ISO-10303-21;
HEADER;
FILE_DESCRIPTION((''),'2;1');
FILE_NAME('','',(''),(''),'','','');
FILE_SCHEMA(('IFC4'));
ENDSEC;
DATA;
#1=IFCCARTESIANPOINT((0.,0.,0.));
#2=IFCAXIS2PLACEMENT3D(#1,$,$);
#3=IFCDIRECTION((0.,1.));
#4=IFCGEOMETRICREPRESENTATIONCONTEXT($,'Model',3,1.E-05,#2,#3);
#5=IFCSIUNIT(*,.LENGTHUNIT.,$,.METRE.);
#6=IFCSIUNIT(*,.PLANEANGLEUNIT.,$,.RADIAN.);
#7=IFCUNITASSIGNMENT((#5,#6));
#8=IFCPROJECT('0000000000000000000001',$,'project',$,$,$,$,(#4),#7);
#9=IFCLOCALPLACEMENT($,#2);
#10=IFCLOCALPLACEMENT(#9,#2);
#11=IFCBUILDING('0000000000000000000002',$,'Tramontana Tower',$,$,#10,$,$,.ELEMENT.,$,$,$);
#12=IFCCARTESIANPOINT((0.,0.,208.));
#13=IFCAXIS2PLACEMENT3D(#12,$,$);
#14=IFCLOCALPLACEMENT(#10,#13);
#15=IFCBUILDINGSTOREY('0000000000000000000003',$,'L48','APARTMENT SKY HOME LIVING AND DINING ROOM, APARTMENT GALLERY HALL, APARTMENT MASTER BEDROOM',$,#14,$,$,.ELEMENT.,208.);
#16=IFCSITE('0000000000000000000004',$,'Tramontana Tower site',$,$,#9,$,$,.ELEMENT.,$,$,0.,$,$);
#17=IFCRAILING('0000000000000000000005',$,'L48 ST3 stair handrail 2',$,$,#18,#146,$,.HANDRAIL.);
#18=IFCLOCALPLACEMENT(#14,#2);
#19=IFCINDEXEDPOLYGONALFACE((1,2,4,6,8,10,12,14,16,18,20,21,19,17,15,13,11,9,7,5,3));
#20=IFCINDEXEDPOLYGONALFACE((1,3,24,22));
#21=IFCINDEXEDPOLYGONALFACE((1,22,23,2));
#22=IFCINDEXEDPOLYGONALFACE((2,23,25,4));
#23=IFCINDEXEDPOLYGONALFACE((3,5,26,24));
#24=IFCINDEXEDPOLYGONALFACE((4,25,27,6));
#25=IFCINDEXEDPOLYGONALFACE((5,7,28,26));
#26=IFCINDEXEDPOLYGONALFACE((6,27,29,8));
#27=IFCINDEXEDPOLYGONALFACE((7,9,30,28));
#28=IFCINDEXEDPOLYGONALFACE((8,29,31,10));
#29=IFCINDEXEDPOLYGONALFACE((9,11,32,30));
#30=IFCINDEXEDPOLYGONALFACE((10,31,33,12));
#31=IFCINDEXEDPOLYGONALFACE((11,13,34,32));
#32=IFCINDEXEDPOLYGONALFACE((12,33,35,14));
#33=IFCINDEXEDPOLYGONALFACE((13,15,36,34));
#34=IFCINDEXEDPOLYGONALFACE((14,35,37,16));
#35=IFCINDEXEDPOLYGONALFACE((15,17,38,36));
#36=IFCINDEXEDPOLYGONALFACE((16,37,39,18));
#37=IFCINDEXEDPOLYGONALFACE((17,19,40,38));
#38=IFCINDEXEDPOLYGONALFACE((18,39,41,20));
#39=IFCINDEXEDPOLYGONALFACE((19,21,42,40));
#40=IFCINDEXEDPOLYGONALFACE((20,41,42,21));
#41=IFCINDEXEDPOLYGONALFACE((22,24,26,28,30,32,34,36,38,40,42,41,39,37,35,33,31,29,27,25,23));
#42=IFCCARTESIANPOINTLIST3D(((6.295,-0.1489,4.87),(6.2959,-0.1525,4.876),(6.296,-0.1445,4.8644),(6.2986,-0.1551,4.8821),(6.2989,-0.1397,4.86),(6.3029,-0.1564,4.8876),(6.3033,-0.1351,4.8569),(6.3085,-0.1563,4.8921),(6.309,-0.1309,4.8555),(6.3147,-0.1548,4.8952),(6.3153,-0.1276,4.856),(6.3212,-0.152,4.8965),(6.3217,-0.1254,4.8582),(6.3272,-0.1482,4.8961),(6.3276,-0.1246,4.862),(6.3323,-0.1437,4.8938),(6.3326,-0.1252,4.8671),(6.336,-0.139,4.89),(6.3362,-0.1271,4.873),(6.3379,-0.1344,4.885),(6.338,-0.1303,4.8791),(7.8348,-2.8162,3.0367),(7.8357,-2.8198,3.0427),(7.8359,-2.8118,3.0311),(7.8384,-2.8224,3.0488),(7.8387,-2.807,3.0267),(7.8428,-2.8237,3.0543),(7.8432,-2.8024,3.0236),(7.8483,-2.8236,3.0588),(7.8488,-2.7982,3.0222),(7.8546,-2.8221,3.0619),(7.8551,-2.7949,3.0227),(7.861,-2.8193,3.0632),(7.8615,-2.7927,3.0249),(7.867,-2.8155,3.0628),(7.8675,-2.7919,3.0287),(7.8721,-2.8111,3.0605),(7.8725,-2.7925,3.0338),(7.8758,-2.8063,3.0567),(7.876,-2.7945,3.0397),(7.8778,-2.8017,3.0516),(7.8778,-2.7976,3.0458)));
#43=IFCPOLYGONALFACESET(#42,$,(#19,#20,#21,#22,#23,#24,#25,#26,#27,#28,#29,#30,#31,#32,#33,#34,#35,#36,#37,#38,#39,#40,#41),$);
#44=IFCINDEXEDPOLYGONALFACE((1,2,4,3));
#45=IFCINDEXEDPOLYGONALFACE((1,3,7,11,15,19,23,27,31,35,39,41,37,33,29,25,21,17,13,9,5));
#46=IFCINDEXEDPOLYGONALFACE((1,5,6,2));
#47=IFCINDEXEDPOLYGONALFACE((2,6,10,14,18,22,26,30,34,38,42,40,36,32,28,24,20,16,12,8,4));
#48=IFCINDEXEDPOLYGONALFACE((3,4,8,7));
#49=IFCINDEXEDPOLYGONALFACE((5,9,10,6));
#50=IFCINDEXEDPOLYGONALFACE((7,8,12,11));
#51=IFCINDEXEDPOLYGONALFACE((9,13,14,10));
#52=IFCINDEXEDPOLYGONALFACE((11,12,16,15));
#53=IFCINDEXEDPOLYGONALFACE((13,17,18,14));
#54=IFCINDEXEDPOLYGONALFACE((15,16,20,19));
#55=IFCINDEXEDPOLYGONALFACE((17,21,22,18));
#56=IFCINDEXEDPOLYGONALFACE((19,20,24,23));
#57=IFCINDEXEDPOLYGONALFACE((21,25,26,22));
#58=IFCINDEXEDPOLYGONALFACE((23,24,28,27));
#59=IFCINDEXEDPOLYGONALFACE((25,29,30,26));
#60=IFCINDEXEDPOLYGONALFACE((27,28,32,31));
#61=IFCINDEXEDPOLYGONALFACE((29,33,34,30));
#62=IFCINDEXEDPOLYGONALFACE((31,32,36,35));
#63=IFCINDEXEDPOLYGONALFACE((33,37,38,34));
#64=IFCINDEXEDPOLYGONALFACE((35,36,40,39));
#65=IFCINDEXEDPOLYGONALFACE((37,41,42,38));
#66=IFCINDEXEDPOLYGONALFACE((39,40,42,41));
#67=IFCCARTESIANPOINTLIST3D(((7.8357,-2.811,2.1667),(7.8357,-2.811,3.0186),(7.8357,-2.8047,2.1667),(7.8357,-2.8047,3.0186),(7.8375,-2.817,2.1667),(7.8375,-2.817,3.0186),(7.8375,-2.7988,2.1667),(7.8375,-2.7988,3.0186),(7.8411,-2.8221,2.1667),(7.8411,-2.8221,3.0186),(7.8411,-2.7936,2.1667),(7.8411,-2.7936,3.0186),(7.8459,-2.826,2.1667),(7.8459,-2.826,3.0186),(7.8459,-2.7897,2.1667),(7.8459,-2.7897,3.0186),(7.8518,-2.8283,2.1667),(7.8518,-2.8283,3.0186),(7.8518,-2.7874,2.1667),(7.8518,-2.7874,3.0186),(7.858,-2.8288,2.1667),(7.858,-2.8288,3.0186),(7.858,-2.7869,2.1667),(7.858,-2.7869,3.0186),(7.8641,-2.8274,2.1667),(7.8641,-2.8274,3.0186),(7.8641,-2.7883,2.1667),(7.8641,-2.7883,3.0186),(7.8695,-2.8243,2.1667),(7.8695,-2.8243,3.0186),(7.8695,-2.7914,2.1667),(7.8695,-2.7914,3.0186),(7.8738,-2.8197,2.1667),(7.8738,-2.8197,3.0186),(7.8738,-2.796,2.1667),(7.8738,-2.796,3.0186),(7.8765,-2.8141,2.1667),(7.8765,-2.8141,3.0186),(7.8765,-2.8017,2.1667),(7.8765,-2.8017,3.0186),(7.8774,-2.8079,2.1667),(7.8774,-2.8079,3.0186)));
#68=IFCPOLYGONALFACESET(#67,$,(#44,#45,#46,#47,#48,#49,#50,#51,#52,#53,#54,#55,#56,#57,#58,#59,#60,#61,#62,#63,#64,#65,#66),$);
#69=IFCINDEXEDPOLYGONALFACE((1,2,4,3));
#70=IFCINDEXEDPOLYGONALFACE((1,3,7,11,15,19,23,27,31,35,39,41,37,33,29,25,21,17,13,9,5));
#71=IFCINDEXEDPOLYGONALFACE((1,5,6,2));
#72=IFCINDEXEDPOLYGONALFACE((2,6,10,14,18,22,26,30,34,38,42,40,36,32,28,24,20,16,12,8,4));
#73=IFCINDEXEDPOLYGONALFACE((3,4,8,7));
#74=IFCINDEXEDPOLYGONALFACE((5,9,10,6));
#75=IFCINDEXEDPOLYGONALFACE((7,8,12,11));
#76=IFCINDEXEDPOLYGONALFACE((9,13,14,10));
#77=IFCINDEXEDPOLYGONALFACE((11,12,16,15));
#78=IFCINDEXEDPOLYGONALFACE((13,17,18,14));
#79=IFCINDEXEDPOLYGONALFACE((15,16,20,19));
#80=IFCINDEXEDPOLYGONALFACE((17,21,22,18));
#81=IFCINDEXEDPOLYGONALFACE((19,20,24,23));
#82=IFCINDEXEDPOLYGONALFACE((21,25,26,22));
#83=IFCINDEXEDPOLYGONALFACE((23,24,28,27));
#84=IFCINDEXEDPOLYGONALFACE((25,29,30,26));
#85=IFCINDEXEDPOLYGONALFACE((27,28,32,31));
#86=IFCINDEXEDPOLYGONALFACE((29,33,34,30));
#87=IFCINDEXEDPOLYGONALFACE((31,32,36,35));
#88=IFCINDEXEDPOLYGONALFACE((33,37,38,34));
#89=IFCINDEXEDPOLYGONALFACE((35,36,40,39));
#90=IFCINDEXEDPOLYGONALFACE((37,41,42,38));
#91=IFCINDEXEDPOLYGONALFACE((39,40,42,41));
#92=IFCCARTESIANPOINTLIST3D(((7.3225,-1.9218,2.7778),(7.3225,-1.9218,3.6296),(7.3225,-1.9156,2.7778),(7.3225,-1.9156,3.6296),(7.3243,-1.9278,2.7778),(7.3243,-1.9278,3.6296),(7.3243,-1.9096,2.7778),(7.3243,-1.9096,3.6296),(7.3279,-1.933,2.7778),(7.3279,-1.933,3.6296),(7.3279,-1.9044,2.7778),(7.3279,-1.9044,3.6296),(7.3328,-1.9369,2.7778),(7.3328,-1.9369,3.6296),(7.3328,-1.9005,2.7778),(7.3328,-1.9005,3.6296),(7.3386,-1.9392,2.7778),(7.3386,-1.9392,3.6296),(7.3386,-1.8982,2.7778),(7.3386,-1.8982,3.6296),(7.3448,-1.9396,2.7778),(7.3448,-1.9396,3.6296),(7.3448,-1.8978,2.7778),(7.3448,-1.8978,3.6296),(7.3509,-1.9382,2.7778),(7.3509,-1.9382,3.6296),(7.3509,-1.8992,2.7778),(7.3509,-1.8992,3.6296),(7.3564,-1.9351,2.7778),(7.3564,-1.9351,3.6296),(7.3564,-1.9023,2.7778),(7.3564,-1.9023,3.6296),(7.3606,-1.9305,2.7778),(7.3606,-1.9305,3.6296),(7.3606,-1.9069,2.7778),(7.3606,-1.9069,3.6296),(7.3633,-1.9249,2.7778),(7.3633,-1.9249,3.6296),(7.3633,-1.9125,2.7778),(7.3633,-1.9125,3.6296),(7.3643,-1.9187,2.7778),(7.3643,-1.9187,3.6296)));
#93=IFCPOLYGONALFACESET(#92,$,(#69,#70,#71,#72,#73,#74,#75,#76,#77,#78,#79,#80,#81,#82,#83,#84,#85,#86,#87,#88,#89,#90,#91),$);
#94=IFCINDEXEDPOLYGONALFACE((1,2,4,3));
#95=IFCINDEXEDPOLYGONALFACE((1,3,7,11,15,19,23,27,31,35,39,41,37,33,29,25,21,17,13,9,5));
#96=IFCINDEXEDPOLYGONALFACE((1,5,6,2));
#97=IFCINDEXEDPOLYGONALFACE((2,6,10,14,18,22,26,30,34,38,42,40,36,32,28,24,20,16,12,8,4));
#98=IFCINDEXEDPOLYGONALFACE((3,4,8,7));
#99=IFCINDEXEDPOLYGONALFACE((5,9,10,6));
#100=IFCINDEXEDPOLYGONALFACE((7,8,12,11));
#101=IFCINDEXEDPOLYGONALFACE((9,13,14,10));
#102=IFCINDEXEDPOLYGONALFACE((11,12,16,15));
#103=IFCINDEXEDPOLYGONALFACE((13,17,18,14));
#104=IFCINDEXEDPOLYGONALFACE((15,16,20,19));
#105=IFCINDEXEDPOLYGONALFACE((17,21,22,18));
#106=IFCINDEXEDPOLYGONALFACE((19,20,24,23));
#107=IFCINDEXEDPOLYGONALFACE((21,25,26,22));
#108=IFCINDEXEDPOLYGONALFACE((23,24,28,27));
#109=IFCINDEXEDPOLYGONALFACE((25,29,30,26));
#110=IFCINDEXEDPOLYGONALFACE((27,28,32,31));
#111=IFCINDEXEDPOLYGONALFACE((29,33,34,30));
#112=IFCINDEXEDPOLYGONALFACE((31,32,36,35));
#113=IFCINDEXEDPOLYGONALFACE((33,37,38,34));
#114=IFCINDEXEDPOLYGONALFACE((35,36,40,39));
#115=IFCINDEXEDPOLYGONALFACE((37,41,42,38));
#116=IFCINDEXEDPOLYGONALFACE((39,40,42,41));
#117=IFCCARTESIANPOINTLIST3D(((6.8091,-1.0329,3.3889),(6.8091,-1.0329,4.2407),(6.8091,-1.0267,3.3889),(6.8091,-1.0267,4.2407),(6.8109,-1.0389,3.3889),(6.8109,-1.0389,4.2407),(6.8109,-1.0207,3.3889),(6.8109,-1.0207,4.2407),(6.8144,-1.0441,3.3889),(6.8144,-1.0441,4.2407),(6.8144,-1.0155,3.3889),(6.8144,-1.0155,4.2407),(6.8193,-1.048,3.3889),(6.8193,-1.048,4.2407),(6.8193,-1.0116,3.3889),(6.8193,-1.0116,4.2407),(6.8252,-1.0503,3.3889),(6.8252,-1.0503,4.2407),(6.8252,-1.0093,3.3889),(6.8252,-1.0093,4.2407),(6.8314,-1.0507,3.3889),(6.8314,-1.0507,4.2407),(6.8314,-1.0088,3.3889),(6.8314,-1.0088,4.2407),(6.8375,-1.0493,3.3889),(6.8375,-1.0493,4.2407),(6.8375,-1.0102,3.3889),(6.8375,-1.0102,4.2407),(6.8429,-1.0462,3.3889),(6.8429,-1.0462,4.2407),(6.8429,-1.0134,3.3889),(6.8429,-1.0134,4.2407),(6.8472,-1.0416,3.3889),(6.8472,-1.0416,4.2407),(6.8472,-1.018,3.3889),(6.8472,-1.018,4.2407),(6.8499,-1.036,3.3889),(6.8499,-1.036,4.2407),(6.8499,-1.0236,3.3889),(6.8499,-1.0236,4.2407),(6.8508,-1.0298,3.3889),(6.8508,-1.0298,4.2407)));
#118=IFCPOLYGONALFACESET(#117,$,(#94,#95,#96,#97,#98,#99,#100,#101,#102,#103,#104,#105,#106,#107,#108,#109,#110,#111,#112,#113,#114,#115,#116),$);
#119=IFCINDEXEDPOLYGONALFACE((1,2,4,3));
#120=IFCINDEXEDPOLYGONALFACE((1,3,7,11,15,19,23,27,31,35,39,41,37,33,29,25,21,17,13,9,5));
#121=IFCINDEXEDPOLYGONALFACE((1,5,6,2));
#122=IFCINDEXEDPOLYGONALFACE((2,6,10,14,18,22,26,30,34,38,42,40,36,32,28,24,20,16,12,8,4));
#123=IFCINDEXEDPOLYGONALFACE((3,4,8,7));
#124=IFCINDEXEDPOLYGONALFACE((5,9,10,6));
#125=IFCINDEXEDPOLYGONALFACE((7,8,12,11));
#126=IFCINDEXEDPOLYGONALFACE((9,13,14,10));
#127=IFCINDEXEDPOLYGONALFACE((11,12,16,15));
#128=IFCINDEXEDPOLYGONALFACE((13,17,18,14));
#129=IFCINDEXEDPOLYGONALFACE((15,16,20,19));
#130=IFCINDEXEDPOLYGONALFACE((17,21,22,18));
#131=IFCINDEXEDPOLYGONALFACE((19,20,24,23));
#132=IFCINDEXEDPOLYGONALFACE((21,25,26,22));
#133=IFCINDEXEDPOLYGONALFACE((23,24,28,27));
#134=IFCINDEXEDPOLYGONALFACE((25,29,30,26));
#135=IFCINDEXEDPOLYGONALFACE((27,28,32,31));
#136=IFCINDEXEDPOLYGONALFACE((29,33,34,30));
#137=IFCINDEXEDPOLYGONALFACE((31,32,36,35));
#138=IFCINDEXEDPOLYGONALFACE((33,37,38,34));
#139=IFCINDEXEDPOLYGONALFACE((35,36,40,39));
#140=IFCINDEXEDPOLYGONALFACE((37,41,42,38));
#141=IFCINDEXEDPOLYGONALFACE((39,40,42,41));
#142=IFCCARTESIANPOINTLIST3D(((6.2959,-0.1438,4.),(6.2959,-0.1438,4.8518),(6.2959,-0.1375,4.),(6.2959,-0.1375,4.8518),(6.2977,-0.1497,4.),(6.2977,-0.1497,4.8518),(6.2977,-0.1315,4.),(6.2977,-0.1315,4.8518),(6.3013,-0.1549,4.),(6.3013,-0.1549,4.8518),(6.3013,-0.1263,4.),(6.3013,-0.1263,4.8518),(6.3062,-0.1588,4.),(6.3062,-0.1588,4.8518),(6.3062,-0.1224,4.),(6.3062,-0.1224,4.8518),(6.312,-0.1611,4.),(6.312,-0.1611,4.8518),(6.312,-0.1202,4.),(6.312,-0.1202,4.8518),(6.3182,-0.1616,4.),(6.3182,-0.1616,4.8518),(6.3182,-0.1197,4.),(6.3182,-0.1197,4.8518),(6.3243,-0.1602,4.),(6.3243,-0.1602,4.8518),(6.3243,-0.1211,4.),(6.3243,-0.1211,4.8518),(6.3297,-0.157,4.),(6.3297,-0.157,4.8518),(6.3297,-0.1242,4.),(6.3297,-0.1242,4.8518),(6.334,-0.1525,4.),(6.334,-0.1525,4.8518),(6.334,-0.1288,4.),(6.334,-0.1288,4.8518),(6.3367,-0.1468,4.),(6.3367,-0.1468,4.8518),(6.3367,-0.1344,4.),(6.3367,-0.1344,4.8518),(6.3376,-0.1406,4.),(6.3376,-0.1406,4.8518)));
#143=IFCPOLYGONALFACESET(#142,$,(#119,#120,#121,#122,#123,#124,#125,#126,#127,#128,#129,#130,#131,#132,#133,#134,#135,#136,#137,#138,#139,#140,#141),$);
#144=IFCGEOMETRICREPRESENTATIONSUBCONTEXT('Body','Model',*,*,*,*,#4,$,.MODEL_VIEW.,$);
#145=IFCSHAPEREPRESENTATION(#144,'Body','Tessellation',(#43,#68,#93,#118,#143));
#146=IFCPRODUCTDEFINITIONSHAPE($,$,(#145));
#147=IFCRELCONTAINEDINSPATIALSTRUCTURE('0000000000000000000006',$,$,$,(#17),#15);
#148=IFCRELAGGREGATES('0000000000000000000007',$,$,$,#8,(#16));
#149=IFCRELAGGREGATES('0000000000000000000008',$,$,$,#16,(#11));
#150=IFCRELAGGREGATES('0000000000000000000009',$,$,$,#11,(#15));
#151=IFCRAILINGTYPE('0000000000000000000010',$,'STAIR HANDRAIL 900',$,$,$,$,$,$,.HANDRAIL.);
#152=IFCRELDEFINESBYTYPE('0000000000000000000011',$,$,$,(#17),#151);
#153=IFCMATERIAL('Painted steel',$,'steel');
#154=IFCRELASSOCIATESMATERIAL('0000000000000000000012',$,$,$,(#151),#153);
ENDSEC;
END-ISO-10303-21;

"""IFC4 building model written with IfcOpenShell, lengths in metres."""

from ifc_helpers import new_model, si_unit, direction, frame, origin, origin_2d, place, context, subcontext, project, spatial, circle, extrude, material, type_object, element, save


model = new_model("IFC4")

# Units and contexts
model_context = context("Model", 3, precision=1e-05, world=origin(), true_north=direction((0.0, 1.0)))
body_context = subcontext(model_context, "Body", "Model", "MODEL_VIEW")
ifc_project = project(units=[si_unit("LENGTHUNIT", "METRE"), si_unit("PLANEANGLEUNIT", "RADIAN")], contexts=[model_context])

# Site, building, storey
site_placement = place(None, origin())
site = spatial("IfcSite", under=ifc_project, at=site_placement, Name="Tramontana Tower site", CompositionType="ELEMENT", RefElevation=0.0)
building_placement = place(site_placement, origin())
building = spatial("IfcBuilding", under=site, at=building_placement, Name="Tramontana Tower", CompositionType="ELEMENT")
storey_placement = place(building_placement, frame((0.0, 0.0, 208.0)))
storey = spatial("IfcBuildingStorey", under=building, at=storey_placement, Name="L48", Description="APARTMENT SKY HOME LIVING AND DINING ROOM, APARTMENT GALLERY HALL, APARTMENT MASTER BEDROOM", CompositionType="ELEMENT", Elevation=208.0)

# Railing
ifc_material_1 = material(Name="Painted steel", Category="steel")
railing_type = type_object("IfcRailingType", Name="STAIR HANDRAIL 900", PredefinedType="HANDRAIL", material=ifc_material_1)
railing_placement = place(storey_placement, frame((7.8564, -2.8079, 2.1667)))
element("IfcRailing", 1, at=railing_placement, inside=storey, type_object=railing_type, Name="L48 ST3 stair handrail 2", PredefinedType="HANDRAIL", context=body_context, shape_type="SweptSolid", body=[
    extrude(circle(Radius=0.0239, at=origin_2d()), frame((0.0, 0.0, 0.876), z_axis=(-0.429616, 0.744181, 0.511493), x_axis=(-0.866044, -0.499967, 0.0)), (0.0, 0.0, 1.0), 3.5842),
    extrude(circle(Radius=0.021, at=origin_2d()), origin(), (0.0, 0.0, 1.0), 0.8518),
    extrude(circle(Radius=0.021, at=origin_2d()), frame((-0.5132, 0.8892, 0.6111)), (0.0, 0.0, 1.0), 0.8518),
    extrude(circle(Radius=0.021, at=origin_2d()), frame((-1.0266, 1.7781, 1.2222)), (0.0, 0.0, 1.0), 0.8518),
    extrude(circle(Radius=0.021, at=origin_2d()), frame((-1.5398, 2.6672, 1.8333)), (0.0, 0.0, 1.0), 0.8518),
])

save(model, "model.ifc")
